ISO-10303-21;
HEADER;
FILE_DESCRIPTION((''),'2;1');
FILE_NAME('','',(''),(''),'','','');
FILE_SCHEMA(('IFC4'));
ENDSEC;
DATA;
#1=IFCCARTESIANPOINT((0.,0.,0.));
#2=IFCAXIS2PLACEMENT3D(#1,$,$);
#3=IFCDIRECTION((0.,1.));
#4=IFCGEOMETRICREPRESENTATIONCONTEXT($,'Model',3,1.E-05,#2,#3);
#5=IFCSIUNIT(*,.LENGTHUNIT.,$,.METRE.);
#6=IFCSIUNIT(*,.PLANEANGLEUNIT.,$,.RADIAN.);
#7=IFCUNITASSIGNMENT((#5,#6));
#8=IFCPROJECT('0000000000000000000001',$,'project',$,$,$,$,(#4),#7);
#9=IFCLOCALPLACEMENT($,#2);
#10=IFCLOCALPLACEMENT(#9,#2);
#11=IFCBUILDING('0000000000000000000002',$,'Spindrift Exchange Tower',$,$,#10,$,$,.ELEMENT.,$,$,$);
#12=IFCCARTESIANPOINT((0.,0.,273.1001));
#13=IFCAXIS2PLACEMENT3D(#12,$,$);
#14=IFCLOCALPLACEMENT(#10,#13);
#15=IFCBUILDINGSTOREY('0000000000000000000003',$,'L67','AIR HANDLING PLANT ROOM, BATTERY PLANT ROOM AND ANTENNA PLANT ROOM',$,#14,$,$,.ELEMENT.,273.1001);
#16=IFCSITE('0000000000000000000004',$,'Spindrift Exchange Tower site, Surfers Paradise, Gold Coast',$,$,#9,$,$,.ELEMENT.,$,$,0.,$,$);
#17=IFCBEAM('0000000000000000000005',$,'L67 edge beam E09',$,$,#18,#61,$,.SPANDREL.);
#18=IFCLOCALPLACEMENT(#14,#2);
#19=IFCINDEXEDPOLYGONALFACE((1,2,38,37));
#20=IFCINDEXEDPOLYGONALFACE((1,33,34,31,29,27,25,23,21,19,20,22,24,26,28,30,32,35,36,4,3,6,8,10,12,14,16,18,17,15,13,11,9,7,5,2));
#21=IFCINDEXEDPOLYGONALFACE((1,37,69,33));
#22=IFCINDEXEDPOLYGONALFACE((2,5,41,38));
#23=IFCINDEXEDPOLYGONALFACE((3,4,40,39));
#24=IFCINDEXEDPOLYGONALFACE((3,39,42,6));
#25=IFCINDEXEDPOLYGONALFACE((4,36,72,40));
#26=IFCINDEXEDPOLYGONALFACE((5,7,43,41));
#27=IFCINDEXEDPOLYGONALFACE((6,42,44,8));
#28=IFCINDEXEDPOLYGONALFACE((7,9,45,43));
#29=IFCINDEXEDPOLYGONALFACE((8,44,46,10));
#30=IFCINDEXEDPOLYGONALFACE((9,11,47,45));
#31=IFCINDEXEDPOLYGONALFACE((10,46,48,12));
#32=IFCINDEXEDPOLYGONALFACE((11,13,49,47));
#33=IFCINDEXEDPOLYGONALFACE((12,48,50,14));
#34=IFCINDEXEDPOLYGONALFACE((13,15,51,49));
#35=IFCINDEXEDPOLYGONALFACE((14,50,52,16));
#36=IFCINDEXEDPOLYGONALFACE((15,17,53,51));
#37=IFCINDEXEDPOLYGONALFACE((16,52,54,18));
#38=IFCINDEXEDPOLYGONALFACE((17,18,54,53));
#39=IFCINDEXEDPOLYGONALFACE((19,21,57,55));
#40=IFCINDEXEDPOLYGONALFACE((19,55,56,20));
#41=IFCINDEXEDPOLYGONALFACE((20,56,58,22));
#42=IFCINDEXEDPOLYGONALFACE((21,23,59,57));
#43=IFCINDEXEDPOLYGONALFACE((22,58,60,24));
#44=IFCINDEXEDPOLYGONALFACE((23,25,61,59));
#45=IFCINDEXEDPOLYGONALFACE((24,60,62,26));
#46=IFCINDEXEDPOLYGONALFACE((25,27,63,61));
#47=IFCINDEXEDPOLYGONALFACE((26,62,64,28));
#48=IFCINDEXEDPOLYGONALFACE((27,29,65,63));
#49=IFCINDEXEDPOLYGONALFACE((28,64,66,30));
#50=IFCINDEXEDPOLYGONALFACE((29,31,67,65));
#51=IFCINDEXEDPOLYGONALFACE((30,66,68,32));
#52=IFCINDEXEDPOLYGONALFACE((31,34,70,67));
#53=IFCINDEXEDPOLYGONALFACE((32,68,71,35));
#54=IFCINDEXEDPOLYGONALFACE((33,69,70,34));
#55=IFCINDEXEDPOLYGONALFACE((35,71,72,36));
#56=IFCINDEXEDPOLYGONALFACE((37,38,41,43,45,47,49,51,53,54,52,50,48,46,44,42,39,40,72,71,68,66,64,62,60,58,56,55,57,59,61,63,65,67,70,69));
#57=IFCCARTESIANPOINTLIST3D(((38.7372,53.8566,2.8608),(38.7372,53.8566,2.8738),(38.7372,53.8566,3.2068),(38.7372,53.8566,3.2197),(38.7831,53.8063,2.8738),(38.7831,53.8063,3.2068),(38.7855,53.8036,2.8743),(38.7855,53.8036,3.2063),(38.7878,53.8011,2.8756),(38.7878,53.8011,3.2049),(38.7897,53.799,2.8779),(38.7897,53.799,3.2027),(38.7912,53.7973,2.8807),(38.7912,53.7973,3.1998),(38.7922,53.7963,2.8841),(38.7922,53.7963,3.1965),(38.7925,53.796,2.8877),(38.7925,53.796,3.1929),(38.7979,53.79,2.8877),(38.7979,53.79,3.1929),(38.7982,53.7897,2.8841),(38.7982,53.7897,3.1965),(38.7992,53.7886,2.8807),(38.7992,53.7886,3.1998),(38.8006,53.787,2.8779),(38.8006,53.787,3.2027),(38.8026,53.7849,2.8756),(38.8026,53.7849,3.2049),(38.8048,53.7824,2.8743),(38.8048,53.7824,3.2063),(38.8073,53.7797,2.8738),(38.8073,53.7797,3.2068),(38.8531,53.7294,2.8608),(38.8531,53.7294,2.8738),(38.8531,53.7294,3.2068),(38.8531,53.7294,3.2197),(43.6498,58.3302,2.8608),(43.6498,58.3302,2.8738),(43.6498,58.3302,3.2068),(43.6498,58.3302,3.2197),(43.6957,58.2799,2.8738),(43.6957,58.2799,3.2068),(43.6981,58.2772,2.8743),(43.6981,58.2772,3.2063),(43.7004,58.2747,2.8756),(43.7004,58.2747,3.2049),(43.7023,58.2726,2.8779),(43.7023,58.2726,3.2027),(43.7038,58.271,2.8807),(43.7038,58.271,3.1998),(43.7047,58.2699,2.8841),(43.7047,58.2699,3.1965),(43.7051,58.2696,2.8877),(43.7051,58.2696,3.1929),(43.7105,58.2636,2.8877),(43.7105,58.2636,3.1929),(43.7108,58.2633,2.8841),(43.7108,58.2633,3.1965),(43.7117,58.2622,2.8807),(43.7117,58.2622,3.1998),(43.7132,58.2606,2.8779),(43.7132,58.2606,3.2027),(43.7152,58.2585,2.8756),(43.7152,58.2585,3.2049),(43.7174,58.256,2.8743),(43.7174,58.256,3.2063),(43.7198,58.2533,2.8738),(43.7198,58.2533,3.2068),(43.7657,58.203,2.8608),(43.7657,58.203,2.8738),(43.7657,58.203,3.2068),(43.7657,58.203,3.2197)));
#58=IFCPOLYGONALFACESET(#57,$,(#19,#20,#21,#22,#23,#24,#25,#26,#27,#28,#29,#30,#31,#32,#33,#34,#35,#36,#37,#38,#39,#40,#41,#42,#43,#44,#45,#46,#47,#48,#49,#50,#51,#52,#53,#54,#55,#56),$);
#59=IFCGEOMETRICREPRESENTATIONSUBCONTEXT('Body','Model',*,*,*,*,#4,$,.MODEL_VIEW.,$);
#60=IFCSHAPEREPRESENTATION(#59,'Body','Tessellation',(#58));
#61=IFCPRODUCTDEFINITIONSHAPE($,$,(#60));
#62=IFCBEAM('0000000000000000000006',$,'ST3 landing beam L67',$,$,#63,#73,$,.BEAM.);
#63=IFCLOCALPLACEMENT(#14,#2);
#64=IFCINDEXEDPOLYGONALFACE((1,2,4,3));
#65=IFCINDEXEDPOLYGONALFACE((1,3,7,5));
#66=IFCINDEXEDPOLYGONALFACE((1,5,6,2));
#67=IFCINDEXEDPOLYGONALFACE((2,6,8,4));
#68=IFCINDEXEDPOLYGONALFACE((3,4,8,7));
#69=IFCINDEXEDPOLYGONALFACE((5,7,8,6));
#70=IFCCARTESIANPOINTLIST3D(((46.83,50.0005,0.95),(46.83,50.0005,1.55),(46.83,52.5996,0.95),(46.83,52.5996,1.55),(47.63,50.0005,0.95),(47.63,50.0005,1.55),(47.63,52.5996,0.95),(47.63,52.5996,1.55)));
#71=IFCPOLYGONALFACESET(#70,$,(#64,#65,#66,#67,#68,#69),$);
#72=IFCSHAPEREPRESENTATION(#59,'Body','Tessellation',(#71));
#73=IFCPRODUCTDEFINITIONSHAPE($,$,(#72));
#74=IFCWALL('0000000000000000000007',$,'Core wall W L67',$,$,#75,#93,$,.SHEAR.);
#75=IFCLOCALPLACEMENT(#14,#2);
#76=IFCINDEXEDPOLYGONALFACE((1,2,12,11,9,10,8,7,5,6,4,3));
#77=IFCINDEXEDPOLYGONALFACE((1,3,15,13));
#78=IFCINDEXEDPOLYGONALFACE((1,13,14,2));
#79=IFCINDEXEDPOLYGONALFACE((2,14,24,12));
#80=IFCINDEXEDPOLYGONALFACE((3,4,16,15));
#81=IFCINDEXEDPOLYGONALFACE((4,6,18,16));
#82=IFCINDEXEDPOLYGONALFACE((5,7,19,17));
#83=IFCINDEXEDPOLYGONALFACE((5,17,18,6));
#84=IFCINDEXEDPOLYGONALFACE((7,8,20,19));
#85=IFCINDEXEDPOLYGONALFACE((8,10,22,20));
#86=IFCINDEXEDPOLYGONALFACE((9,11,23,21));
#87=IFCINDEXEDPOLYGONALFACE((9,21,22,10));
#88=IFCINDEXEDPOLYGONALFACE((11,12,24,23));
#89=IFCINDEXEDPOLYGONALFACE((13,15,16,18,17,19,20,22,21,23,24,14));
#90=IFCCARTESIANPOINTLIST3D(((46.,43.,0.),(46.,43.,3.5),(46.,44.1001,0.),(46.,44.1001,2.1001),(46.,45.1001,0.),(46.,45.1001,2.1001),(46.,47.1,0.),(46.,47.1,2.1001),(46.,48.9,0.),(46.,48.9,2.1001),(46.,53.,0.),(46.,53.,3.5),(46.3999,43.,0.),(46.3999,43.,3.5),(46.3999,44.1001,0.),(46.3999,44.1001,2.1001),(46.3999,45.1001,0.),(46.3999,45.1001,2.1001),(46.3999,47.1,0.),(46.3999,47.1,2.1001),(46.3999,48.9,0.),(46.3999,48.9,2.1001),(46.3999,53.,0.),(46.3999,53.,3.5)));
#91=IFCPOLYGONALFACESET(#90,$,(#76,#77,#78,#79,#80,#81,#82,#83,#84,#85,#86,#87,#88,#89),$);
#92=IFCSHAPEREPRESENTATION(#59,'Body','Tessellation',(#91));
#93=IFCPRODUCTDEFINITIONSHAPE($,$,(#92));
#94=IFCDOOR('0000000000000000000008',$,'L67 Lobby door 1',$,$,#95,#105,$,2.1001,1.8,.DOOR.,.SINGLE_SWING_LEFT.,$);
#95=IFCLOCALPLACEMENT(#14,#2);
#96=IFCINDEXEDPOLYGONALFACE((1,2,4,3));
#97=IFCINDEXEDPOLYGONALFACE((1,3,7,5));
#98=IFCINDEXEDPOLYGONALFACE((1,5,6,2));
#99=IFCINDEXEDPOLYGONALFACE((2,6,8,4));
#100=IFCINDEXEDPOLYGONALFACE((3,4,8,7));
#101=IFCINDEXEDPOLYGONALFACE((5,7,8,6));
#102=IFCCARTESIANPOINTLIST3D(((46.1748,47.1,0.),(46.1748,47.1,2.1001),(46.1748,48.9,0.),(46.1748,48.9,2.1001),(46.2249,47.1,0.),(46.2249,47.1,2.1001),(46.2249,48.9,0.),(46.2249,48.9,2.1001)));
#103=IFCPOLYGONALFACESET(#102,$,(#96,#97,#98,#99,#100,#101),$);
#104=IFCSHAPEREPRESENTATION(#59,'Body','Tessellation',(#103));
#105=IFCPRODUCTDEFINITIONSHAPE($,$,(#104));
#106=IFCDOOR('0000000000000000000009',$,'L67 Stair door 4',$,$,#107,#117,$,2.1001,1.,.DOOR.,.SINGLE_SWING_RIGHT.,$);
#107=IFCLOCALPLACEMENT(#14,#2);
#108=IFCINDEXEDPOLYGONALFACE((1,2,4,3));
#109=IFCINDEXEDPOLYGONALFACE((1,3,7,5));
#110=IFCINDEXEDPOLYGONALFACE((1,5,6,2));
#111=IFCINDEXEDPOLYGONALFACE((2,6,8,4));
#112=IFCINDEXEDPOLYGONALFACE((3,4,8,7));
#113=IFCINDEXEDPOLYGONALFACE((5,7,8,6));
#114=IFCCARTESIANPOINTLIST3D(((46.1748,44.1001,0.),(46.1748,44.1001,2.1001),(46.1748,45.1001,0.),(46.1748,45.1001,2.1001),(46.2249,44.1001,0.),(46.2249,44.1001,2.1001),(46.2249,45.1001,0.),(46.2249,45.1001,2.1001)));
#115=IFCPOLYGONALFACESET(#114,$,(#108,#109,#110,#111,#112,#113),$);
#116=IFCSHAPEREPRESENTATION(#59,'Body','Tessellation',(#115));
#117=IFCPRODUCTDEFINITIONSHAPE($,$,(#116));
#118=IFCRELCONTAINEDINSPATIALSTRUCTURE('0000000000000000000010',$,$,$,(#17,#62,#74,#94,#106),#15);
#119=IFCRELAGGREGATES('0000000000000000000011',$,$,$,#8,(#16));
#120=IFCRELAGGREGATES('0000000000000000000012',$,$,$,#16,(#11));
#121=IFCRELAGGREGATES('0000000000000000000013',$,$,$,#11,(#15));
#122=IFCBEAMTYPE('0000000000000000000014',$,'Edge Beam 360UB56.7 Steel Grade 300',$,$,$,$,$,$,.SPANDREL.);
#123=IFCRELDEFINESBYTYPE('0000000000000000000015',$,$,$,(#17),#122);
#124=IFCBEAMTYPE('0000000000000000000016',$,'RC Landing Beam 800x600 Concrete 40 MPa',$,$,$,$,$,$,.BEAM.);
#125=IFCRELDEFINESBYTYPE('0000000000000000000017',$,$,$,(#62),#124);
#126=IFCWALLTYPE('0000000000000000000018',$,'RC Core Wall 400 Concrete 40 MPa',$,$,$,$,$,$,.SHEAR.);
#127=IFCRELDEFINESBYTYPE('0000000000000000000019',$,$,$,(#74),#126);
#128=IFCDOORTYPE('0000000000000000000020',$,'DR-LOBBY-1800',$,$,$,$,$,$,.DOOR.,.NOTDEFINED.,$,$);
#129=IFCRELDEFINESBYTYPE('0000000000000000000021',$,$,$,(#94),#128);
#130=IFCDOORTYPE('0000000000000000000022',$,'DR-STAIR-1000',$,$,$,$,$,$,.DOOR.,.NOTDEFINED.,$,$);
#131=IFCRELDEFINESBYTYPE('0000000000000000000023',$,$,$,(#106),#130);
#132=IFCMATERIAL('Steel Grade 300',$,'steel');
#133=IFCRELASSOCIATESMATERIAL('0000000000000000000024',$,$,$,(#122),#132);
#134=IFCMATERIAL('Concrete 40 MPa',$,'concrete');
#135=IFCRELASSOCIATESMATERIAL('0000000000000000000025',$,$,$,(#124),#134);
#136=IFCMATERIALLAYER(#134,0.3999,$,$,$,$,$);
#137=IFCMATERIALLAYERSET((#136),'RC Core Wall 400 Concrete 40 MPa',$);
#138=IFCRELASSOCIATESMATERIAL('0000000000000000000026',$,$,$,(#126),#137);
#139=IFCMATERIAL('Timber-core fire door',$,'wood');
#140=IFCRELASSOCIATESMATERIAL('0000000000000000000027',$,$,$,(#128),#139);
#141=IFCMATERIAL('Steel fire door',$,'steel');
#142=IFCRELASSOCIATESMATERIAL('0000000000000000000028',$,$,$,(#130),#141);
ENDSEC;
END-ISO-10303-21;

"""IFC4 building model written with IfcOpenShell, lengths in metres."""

from ifc_helpers import new_model, si_unit, direction, frame, frame_2d, origin, origin_2d, place, context, subcontext, project, spatial, rectangle, i_section, extrude, source, transform, mapped, material, layer, layer_set, material_profile, profile_set, type_object, element, fill, save


model = new_model("IFC4")

# Units and contexts
model_context = context("Model", 3, precision=1e-05, world=origin(), true_north=direction((0.0, 1.0)))
body_context = subcontext(model_context, "Body", "Model", "MODEL_VIEW")
ifc_project = project(units=[si_unit("LENGTHUNIT", "METRE"), si_unit("PLANEANGLEUNIT", "RADIAN")], contexts=[model_context])

# Site, building, storey
site_placement = place(None, origin())
site = spatial("IfcSite", under=ifc_project, at=site_placement, Name="Spindrift Exchange Tower site, Surfers Paradise, Gold Coast", CompositionType="ELEMENT", RefElevation=0.0)
building_placement = place(site_placement, origin())
building = spatial("IfcBuilding", under=site, at=building_placement, Name="Spindrift Exchange Tower", CompositionType="ELEMENT")
storey_placement = place(building_placement, frame((0.0, 0.0, 273.1001)))
storey = spatial("IfcBuildingStorey", under=building, at=storey_placement, Name="L67", Description="AIR HANDLING PLANT ROOM, BATTERY PLANT ROOM AND ANTENNA PLANT ROOM", CompositionType="ELEMENT", Elevation=273.1001)

# Beams
ifc_material_1 = material(Name="Steel Grade 300", Category="steel")
ifc_material_profile_1 = material_profile(ifc_material_1, i_section(OverallWidth=0.1721, OverallDepth=0.3589, WebThickness=0.0081, FlangeThickness=0.0129, FilletRadius=0.0139, at=origin_2d()), Name="360UB56.7")
ifc_profile_set_1 = profile_set([ifc_material_profile_1], Name="Steel Grade 300")
beam_type_1 = type_object("IfcBeamType", Name="Edge Beam 360UB56.7 Steel Grade 300", PredefinedType="SPANDREL", material=ifc_profile_set_1)
shared_shape_1 = source(origin(), body_context, "Body", "SweptSolid", [
    extrude(i_section(OverallWidth=0.1721, OverallDepth=0.3589, WebThickness=0.0081, FlangeThickness=0.0129, FilletRadius=0.0139, at=origin_2d()), origin(), (0.0, 0.0, 1.0), 6.6443),
])
beam_1_placement = place(storey_placement, frame((43.7078, 58.2666, 3.0403), z_axis=(-0.739368, -0.673302, 0.0), x_axis=(0.673302, -0.739368, 0.0)))
element("IfcBeam", 1, at=beam_1_placement, inside=storey, type_object=beam_type_1, Name="L67 edge beam E09", PredefinedType="SPANDREL", context=body_context, shape_type="MappedRepresentation", body=[
    mapped(shared_shape_1, transform((0.0, 0.0, 0.0), scale=1.0)),
])
ifc_material_2 = material(Name="Concrete 40 MPa", Category="concrete")
ifc_material_profile_2 = material_profile(ifc_material_2, rectangle(XDim=0.8, YDim=0.6001, at=origin_2d()), Name="RC 800x600")
ifc_profile_set_2 = profile_set([ifc_material_profile_2], Name="Concrete 40 MPa")
beam_type_2 = type_object("IfcBeamType", Name="RC Landing Beam 800x600 Concrete 40 MPa", PredefinedType="BEAM", material=ifc_profile_set_2)
shared_shape_2 = source(origin(), body_context, "Body", "SweptSolid", [
    extrude(rectangle(XDim=0.8, YDim=0.6001, at=origin_2d()), origin(), (0.0, 0.0, 1.0), 2.5991),
])
beam_2_placement = place(storey_placement, frame((47.23, 50.0005, 1.25), z_axis=(0.0, 1.0, 0.0), x_axis=(-1.0, 0.0, 0.0)))
element("IfcBeam", 2, at=beam_2_placement, inside=storey, type_object=beam_type_2, Name="ST3 landing beam L67", PredefinedType="BEAM", context=body_context, shape_type="MappedRepresentation", body=[
    mapped(shared_shape_2, transform((0.0, 0.0, 0.0), scale=1.0)),
])

# Wall, openings, doors
ifc_layer_1 = layer(ifc_material_2, 0.3999)
ifc_layer_set_1 = layer_set([ifc_layer_1], Name="RC Core Wall 400 Concrete 40 MPa")
wall_type_1 = type_object("IfcWallType", Name="RC Core Wall 400 Concrete 40 MPa", PredefinedType="SHEAR", material=ifc_layer_set_1)
wall_1_placement = place(storey_placement, frame((46.2, 53.0, 0.0), z_axis=(0.0, 0.0, 1.0), x_axis=(0.0, -1.0, 0.0)))
wall_1 = element("IfcWall", 3, at=wall_1_placement, inside=storey, type_object=wall_type_1, Name="Core wall W L67", PredefinedType="SHEAR", context=body_context, shape_type="SweptSolid", body=[
    extrude(rectangle(XDim=10.0, YDim=0.3999, at=frame_2d((5.0, 0.0))), origin(), (0.0, 0.0, 1.0), 3.5),
])
opening_1_placement = place(wall_1_placement, frame((4.1001, 0.0, 0.0)))
opening_1 = element("IfcOpeningElement", 4, at=opening_1_placement, cuts=wall_1, PredefinedType="OPENING", context=body_context, shape_type="SweptSolid", body=[
    extrude(rectangle(XDim=1.8, YDim=2.1001, at=frame_2d((0.8999, 1.05))), frame((0.0, 0.21, 0.0), z_axis=(0.0, -1.0, 0.0), x_axis=(1.0, 0.0, 0.0)), (0.0, 0.0, 1.0), 0.4199),
])
opening_2_placement = place(wall_1_placement, frame((7.8999, 0.0, 0.0)))
opening_2 = element("IfcOpeningElement", 5, at=opening_2_placement, cuts=wall_1, PredefinedType="OPENING", context=body_context, shape_type="SweptSolid", body=[
    extrude(rectangle(XDim=1.0, YDim=2.1001, at=frame_2d((0.5, 1.05))), frame((0.0, 0.21, 0.0), z_axis=(0.0, -1.0, 0.0), x_axis=(1.0, 0.0, 0.0)), (0.0, 0.0, 1.0), 0.4199),
])
ifc_material_3 = material(Name="Timber-core fire door", Category="wood")
door_type_1 = type_object("IfcDoorType", Name="DR-LOBBY-1800", OperationType="NOTDEFINED", PredefinedType="DOOR", material=ifc_material_3)
shared_shape_3 = source(origin(), body_context, "Body", "SweptSolid", [
    extrude(rectangle(XDim=1.8, YDim=2.1001, at=frame_2d((0.8999, 1.05))), frame((0.0, 0.0249, 0.0), z_axis=(0.0, -1.0, 0.0), x_axis=(1.0, 0.0, 0.0)), (0.0, 0.0, 1.0), 0.05),
])
door_1_placement = place(opening_1_placement, origin())
door_1 = element("IfcDoor", 6, at=door_1_placement, inside=storey, type_object=door_type_1, Name="L67 Lobby door 1", OperationType="SINGLE_SWING_LEFT", OverallHeight=2.1001, OverallWidth=1.8, PredefinedType="DOOR", context=body_context, shape_type="MappedRepresentation", body=[
    mapped(shared_shape_3, transform((0.0, 0.0, 0.0), scale=1.0)),
])
fill(opening_1, door_1)
ifc_material_4 = material(Name="Steel fire door", Category="steel")
door_type_2 = type_object("IfcDoorType", Name="DR-STAIR-1000", OperationType="NOTDEFINED", PredefinedType="DOOR", material=ifc_material_4)
shared_shape_4 = source(origin(), body_context, "Body", "SweptSolid", [
    extrude(rectangle(XDim=1.0, YDim=2.1001, at=frame_2d((0.5, 1.05))), frame((0.0, 0.0249, 0.0), z_axis=(0.0, -1.0, 0.0), x_axis=(1.0, 0.0, 0.0)), (0.0, 0.0, 1.0), 0.05),
])
door_2_placement = place(opening_2_placement, origin())
door_2 = element("IfcDoor", 7, at=door_2_placement, inside=storey, type_object=door_type_2, Name="L67 Stair door 4", OperationType="SINGLE_SWING_RIGHT", OverallHeight=2.1001, OverallWidth=1.0, PredefinedType="DOOR", context=body_context, shape_type="MappedRepresentation", body=[
    mapped(shared_shape_4, transform((0.0, 0.0, 0.0), scale=1.0)),
])
fill(opening_2, door_2)

save(model, "model.ifc")
